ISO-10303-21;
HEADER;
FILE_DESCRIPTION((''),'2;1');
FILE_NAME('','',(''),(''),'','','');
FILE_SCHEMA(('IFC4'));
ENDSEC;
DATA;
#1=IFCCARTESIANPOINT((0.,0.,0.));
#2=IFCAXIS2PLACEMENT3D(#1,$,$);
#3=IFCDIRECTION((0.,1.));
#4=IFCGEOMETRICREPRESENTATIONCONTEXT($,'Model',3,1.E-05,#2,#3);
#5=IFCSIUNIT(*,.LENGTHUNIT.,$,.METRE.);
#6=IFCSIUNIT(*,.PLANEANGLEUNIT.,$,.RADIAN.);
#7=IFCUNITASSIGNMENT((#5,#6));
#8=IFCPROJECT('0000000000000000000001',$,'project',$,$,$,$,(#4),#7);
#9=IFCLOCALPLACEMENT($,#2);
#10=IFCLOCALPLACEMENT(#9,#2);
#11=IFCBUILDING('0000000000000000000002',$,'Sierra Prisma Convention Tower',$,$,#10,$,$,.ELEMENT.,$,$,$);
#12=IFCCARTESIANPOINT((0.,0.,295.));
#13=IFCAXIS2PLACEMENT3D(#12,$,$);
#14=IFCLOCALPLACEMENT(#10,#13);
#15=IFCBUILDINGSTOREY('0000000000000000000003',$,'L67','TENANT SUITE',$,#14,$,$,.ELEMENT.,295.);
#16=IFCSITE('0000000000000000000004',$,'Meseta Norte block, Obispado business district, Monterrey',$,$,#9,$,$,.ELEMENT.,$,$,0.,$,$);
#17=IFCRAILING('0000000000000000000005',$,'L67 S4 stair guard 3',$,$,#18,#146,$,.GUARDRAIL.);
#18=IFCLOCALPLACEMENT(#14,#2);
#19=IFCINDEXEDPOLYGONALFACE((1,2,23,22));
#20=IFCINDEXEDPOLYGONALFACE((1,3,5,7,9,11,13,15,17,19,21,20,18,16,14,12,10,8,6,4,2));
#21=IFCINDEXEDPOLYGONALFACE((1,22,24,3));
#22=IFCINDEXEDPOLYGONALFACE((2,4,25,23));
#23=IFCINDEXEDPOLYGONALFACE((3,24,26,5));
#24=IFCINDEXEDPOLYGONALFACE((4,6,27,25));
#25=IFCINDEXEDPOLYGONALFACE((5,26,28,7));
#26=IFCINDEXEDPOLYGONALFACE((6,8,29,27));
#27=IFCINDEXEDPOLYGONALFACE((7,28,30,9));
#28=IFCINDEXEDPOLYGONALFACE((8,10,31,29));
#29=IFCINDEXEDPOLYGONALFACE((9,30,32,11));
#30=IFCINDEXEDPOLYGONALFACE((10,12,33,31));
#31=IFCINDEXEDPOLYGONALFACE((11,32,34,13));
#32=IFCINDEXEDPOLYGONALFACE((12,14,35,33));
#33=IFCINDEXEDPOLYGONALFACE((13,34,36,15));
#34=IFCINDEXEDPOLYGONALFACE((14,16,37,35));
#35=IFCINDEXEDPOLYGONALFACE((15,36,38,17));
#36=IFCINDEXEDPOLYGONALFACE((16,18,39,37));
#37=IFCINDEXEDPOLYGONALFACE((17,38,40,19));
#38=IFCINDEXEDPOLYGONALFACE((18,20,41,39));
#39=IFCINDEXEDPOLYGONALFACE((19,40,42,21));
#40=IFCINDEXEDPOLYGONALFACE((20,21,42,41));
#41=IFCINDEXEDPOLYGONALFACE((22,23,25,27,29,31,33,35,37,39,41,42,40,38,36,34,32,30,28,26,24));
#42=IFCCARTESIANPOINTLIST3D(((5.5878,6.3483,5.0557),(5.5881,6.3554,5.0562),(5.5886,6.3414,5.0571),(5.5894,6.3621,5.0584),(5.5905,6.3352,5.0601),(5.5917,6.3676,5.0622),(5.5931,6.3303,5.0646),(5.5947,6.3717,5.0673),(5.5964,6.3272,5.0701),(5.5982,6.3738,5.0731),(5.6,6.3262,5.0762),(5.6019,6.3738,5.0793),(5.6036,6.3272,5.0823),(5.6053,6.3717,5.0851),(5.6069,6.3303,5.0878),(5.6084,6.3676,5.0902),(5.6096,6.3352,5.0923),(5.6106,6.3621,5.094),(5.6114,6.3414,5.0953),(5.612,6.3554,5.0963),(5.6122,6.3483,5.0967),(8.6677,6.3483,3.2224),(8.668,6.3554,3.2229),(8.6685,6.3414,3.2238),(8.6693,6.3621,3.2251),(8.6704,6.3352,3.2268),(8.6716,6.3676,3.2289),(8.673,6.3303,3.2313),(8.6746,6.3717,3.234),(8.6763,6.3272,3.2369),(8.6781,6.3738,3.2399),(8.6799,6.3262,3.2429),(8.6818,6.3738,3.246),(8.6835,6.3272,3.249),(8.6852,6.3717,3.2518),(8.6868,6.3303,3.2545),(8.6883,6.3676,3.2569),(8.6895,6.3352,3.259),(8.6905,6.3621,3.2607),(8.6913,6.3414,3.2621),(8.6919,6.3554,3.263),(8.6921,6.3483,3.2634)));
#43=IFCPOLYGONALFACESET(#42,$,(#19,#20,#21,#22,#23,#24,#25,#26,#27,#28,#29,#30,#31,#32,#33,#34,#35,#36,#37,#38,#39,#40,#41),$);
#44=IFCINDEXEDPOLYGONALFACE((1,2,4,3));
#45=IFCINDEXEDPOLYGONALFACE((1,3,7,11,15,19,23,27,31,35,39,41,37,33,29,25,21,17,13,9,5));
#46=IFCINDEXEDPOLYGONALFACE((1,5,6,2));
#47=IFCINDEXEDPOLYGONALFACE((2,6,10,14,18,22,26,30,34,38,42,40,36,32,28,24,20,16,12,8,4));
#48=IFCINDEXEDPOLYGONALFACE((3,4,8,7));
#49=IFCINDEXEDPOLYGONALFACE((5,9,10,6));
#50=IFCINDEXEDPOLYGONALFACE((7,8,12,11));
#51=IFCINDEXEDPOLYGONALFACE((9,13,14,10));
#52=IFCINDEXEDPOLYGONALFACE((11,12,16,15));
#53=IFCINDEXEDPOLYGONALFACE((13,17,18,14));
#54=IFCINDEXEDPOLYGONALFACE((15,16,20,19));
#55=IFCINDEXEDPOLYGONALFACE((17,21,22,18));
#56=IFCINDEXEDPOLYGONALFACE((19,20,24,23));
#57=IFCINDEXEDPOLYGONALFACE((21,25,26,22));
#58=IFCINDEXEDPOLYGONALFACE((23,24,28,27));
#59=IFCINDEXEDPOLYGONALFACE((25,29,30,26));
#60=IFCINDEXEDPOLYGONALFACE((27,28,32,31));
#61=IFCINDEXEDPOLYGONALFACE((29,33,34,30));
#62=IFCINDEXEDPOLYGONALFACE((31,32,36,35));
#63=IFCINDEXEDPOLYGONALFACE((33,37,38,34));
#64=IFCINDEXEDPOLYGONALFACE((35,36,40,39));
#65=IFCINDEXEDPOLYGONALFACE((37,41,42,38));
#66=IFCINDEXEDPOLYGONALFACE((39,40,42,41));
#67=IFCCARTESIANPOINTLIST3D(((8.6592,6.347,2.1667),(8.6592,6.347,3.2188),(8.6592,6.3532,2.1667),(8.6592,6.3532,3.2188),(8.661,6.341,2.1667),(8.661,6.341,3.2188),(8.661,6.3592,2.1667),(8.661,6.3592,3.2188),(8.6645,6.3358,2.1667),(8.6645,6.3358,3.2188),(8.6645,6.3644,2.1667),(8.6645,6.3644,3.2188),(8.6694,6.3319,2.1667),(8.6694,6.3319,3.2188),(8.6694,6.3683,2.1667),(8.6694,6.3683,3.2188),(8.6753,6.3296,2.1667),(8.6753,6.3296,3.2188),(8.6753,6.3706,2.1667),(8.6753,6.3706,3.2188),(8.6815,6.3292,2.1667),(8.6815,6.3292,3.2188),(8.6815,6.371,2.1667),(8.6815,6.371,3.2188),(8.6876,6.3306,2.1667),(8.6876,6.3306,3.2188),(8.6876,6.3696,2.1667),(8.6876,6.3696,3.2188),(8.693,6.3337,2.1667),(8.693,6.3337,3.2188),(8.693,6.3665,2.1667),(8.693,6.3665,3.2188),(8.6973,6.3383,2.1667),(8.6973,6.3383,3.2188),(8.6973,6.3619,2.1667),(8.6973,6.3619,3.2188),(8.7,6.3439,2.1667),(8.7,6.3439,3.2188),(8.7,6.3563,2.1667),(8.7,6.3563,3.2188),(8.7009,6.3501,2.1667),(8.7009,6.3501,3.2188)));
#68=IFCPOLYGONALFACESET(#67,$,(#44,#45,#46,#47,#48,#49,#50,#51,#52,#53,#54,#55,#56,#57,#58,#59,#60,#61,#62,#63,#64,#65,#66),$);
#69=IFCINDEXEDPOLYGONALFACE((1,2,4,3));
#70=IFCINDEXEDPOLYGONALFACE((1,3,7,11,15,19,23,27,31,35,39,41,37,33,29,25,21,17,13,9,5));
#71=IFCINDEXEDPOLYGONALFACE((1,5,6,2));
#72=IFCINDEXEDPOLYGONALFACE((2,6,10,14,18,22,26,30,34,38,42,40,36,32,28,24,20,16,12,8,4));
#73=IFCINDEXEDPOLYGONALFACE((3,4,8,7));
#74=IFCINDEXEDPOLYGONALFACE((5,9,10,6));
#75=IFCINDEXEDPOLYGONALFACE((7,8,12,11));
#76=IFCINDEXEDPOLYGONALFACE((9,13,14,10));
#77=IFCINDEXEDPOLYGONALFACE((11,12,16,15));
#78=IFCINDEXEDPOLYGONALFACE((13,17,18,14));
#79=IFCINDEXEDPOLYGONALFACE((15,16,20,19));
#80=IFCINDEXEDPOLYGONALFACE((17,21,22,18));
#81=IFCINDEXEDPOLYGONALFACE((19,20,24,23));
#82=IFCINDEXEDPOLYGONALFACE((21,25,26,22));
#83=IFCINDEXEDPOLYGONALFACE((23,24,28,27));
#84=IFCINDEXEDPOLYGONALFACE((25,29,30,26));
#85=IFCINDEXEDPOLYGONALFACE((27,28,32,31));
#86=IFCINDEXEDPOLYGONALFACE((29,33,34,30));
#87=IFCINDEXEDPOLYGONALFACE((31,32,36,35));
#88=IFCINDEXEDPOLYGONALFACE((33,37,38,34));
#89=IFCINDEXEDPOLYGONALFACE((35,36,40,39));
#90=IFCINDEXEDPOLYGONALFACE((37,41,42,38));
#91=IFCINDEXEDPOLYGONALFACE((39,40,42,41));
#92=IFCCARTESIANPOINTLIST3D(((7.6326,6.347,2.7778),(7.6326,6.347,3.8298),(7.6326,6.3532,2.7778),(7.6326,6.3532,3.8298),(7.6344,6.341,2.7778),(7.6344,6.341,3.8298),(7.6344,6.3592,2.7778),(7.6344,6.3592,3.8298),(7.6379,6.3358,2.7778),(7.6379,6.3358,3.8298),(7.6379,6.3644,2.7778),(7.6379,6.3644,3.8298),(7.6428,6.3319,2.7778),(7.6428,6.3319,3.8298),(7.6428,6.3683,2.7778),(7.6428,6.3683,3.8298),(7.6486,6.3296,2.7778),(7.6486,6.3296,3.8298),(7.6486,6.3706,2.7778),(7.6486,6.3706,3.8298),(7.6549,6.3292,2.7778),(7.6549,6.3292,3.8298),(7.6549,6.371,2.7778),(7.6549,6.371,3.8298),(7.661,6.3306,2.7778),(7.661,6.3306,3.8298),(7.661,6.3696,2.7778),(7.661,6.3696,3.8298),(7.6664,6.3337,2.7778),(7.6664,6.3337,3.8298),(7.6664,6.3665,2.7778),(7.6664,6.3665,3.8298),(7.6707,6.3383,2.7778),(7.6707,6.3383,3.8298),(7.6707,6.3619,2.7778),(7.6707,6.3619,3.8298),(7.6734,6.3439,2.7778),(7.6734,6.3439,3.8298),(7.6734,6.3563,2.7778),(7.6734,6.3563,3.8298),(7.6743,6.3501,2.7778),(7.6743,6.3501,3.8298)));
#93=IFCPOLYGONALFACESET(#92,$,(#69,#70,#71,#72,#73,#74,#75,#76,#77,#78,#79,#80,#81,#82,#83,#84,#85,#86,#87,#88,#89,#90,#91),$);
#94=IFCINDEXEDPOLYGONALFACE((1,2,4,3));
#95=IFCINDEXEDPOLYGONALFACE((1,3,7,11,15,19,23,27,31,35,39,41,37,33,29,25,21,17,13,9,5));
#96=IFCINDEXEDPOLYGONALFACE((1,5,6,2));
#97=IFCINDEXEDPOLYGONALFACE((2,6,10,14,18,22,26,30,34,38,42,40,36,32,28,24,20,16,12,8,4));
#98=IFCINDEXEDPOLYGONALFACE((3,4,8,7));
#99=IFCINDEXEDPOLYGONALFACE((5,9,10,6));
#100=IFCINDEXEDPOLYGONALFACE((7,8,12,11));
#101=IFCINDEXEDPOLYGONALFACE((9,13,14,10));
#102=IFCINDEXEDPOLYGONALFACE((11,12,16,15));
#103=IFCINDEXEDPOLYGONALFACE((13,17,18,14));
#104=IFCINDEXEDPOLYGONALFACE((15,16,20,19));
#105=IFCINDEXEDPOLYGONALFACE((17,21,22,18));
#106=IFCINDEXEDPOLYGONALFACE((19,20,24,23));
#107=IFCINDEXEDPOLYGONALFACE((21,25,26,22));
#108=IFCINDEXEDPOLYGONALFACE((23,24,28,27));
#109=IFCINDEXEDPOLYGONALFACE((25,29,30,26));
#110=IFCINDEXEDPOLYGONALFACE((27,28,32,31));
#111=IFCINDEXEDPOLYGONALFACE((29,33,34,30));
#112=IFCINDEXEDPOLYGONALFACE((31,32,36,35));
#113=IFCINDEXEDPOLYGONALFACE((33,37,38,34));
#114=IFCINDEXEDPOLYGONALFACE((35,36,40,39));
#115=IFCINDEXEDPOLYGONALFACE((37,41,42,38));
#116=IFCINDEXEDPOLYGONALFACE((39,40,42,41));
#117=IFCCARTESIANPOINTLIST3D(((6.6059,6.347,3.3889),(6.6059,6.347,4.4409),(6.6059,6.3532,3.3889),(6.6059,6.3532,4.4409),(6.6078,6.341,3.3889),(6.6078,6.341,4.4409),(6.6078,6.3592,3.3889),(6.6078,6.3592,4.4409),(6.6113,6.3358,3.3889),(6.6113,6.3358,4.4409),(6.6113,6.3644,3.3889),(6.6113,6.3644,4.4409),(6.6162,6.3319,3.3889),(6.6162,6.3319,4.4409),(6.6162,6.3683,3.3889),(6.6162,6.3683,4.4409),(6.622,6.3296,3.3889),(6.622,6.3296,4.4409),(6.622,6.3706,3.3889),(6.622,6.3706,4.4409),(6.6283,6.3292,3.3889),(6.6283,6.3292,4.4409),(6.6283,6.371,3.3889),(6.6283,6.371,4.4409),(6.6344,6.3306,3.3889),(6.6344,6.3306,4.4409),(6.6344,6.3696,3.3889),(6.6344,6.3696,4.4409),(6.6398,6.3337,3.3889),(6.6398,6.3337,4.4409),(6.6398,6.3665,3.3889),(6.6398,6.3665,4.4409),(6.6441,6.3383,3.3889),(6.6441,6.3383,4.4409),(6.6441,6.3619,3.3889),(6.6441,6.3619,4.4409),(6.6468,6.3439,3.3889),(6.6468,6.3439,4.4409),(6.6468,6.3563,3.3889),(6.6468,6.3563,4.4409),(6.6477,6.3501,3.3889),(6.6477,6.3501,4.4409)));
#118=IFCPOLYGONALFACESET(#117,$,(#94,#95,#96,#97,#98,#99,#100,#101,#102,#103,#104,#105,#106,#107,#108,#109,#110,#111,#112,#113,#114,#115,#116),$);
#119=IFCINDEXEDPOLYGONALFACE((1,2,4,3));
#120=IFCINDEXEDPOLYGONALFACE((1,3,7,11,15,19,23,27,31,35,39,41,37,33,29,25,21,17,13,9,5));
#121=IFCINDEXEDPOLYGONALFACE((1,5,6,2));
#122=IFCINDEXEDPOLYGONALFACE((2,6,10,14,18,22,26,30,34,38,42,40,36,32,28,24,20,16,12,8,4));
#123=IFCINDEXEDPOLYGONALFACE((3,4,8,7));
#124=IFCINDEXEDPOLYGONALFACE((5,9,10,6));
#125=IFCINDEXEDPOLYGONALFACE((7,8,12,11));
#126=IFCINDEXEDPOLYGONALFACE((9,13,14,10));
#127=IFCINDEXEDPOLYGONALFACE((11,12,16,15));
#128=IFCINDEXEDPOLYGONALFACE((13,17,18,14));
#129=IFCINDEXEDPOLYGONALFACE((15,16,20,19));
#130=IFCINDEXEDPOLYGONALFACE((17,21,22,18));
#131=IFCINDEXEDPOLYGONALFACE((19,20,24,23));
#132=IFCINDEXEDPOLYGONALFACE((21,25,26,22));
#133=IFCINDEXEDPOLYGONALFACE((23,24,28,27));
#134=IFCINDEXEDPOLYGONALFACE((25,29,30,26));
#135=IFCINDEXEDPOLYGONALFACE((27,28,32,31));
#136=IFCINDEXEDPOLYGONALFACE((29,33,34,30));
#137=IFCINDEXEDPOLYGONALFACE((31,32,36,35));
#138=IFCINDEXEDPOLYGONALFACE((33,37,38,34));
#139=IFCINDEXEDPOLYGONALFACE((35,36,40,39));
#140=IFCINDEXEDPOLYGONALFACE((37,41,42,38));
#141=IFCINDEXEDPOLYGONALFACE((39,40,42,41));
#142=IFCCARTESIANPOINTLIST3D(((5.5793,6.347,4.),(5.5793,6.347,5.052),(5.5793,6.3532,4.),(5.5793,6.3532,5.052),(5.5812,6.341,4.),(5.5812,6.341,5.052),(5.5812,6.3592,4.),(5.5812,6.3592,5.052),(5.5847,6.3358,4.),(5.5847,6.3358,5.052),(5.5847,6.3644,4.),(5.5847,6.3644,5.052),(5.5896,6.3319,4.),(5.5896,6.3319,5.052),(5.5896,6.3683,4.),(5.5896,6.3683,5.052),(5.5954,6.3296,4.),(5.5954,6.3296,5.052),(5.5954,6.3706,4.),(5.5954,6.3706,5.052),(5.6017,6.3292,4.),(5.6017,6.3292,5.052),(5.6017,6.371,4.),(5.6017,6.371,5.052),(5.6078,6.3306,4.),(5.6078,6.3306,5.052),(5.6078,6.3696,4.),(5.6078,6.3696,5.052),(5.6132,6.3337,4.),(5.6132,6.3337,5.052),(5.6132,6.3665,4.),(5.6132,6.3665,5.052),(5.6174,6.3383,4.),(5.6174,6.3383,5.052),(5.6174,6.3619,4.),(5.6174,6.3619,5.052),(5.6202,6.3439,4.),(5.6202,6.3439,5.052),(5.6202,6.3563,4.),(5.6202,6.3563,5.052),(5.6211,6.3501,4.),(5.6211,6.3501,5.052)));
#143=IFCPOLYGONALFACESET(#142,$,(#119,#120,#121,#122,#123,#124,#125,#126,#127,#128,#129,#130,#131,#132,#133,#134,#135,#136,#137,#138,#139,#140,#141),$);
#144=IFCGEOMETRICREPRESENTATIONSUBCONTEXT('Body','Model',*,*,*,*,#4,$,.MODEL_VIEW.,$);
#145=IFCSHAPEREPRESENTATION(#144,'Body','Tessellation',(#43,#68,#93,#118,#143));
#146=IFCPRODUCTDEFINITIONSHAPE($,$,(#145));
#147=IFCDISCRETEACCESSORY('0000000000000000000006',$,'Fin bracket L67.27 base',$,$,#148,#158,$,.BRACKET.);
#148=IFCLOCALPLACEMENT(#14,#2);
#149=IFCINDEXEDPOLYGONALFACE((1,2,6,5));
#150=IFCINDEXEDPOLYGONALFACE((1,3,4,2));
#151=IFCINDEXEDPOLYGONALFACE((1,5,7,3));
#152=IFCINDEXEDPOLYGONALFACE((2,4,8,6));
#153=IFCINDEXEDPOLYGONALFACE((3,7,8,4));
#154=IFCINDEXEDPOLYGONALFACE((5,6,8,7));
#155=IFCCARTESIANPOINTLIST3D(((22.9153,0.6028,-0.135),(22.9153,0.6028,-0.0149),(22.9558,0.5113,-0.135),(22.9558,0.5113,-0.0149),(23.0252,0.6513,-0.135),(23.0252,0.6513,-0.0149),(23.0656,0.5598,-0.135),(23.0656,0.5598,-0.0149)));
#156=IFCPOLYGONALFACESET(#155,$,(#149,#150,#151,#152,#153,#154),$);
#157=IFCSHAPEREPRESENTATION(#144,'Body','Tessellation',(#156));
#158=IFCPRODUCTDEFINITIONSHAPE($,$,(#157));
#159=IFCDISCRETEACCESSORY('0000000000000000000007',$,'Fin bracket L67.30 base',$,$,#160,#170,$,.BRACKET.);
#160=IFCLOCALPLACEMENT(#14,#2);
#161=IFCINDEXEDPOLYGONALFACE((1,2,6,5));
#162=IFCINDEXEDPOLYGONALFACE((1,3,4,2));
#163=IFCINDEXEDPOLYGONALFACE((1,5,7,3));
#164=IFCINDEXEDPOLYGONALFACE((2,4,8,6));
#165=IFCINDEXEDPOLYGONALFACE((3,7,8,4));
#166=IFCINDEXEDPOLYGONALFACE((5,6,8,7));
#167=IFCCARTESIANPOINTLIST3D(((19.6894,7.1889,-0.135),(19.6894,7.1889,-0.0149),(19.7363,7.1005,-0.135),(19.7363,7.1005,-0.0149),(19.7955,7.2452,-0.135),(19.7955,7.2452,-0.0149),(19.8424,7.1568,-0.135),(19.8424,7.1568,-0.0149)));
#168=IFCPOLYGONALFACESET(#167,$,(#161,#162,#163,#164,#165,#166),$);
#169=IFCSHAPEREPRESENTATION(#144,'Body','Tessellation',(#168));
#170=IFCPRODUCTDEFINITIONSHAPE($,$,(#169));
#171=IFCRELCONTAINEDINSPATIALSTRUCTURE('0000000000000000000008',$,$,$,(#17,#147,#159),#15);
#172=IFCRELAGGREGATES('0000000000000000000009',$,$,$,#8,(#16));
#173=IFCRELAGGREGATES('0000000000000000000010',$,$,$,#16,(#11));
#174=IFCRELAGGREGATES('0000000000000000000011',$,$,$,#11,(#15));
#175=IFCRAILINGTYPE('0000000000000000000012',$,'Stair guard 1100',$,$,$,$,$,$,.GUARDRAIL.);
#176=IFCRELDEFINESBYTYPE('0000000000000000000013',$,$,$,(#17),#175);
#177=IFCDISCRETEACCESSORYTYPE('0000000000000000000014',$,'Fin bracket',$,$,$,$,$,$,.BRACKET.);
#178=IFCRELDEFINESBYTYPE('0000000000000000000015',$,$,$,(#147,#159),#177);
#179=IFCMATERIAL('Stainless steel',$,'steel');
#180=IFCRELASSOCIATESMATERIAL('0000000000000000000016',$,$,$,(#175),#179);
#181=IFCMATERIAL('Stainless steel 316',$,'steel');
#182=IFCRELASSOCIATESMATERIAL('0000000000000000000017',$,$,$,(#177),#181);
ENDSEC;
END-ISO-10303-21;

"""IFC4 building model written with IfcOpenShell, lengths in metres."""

from ifc_helpers import new_model, si_unit, direction, frame, origin, origin_2d, place, context, subcontext, project, spatial, rectangle, circle, extrude, material, type_object, element, save


model = new_model("IFC4")

# Units and contexts
model_context = context("Model", 3, precision=1e-05, world=origin(), true_north=direction((0.0, 1.0)))
body_context = subcontext(model_context, "Body", "Model", "MODEL_VIEW")
ifc_project = project(units=[si_unit("LENGTHUNIT", "METRE"), si_unit("PLANEANGLEUNIT", "RADIAN")], contexts=[model_context])

# Site, building, storey
site_placement = place(None, origin())
site = spatial("IfcSite", under=ifc_project, at=site_placement, Name="Meseta Norte block, Obispado business district, Monterrey", CompositionType="ELEMENT", RefElevation=0.0)
building_placement = place(site_placement, origin())
building = spatial("IfcBuilding", under=site, at=building_placement, Name="Sierra Prisma Convention Tower", CompositionType="ELEMENT")
storey_placement = place(building_placement, frame((0.0, 0.0, 295.0)))
storey = spatial("IfcBuildingStorey", under=building, at=storey_placement, Name="L67", Description="TENANT SUITE", CompositionType="ELEMENT", Elevation=295.0)

# Railing
ifc_material_1 = material(Name="Stainless steel", Category="steel")
railing_type_1 = type_object("IfcRailingType", Name="Stair guard 1100", PredefinedType="GUARDRAIL", material=ifc_material_1)
railing_1_placement = place(storey_placement, frame((8.6799, 6.3501, 2.1667)))
element("IfcRailing", 1, at=railing_1_placement, inside=storey, type_object=railing_type_1, Name="L67 S4 stair guard 3", PredefinedType="GUARDRAIL", context=body_context, shape_type="SweptSolid", body=[
    extrude(circle(Radius=0.0239, at=origin_2d()), frame((0.0, 0.0, 1.0762), z_axis=(-0.859291, 0.0, 0.511487), x_axis=(0.0, -1.0, 0.0)), (0.0, 0.0, 1.0), 3.5842),
    extrude(circle(Radius=0.021, at=origin_2d()), origin(), (0.0, 0.0, 1.0), 1.052),
    extrude(circle(Radius=0.021, at=origin_2d()), frame((-1.0266, 0.0, 0.6111)), (0.0, 0.0, 1.0), 1.052),
    extrude(circle(Radius=0.021, at=origin_2d()), frame((-2.0532, 0.0, 1.2222)), (0.0, 0.0, 1.0), 1.052),
    extrude(circle(Radius=0.021, at=origin_2d()), frame((-3.0798, 0.0, 1.8333)), (0.0, 0.0, 1.0), 1.052),
])

# Discrete accessories
ifc_material_2 = material(Name="Stainless steel 316", Category="steel")
discrete_accessory_type = type_object("IfcDiscreteAccessoryType", Name="Fin bracket", PredefinedType="BRACKET", material=ifc_material_2)
for number, where, z_axis, x_axis, name in (
    (2, (22.9905, 0.5813, -0.135), (0.0, 0.0, 1.0), (0.914793, 0.403924, 0.0), "Fin bracket L67.27 base"),
    (3, (19.7659, 7.1729, -0.135), (0.0, 0.0, 1.0), (0.883429, 0.468566, 0.0), "Fin bracket L67.30 base"),
):
    element("IfcDiscreteAccessory", number, at=place(storey_placement, frame(where, z_axis=z_axis, x_axis=x_axis)), inside=storey, type_object=discrete_accessory_type, Name=name, PredefinedType="BRACKET", context=body_context, shape_type="SweptSolid", body=[
        extrude(rectangle(XDim=0.1201, YDim=0.1001, at=origin_2d()), origin(), (0.0, 0.0, 1.0), 0.1201),
    ])

save(model, "model.ifc")
